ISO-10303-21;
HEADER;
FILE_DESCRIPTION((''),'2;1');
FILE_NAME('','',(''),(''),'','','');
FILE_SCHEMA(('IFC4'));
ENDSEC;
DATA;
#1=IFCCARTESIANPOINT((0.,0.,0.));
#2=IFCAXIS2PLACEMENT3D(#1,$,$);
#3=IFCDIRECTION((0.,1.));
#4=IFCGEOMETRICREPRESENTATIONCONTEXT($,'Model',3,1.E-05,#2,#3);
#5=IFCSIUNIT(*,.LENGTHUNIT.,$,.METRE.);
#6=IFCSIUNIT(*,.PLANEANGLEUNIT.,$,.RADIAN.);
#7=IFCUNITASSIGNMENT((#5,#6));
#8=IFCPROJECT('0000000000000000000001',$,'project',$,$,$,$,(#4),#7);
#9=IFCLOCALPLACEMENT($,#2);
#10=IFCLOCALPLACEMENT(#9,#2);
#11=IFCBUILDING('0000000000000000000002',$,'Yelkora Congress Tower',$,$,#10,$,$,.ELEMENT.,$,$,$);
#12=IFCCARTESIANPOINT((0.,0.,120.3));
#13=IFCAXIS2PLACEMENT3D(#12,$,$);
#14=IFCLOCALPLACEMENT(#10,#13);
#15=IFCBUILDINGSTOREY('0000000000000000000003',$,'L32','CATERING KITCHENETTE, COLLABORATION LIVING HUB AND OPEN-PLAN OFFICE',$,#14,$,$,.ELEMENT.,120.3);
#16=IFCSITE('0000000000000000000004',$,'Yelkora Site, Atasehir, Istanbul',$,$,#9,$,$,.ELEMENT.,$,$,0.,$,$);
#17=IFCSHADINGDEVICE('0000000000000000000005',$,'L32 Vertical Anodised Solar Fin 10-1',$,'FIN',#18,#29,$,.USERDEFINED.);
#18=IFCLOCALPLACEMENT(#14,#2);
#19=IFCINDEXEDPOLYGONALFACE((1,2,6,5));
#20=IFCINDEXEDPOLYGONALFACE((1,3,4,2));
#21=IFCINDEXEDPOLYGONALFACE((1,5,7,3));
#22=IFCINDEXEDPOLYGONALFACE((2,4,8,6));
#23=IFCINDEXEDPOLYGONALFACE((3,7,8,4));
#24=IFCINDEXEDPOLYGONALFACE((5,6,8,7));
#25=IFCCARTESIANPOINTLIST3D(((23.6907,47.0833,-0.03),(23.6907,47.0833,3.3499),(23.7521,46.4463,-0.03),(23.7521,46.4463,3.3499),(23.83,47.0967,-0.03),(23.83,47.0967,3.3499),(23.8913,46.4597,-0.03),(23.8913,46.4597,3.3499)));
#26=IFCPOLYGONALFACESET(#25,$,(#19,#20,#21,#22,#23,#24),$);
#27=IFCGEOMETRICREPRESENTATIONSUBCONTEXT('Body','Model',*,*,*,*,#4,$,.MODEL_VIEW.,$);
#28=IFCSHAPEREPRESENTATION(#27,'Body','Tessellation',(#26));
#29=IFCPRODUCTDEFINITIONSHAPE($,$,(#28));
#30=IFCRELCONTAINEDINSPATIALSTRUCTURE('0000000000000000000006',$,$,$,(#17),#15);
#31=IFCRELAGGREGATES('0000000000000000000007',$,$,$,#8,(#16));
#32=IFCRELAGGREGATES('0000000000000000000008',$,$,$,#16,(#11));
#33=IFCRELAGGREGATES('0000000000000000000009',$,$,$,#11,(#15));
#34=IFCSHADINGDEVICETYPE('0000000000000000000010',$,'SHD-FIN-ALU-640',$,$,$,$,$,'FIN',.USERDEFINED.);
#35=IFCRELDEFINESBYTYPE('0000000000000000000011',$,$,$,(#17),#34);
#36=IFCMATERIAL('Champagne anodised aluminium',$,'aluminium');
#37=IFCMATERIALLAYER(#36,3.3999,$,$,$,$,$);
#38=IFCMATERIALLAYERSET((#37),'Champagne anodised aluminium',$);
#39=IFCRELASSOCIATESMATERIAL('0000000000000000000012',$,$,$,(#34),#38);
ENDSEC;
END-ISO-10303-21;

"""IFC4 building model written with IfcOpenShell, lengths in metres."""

from ifc_helpers import new_model, si_unit, direction, frame, origin, origin_2d, place, context, subcontext, project, spatial, rectangle, extrude, material, layer, layer_set, type_object, element, save


model = new_model("IFC4")

# Units and contexts
model_context = context("Model", 3, precision=1e-05, world=origin(), true_north=direction((0.0, 1.0)))
body_context = subcontext(model_context, "Body", "Model", "MODEL_VIEW")
ifc_project = project(units=[si_unit("LENGTHUNIT", "METRE"), si_unit("PLANEANGLEUNIT", "RADIAN")], contexts=[model_context])

# Site, building, storey
site_placement = place(None, origin())
site = spatial("IfcSite", under=ifc_project, at=site_placement, Name="Yelkora Site, Atasehir, Istanbul", CompositionType="ELEMENT", RefElevation=0.0)
building_placement = place(site_placement, origin())
building = spatial("IfcBuilding", under=site, at=building_placement, Name="Yelkora Congress Tower", CompositionType="ELEMENT")
storey_placement = place(building_placement, frame((0.0, 0.0, 120.3)))
storey = spatial("IfcBuildingStorey", under=building, at=storey_placement, Name="L32", Description="CATERING KITCHENETTE, COLLABORATION LIVING HUB AND OPEN-PLAN OFFICE", CompositionType="ELEMENT", Elevation=120.3)

# Shading device
ifc_material_1 = material(Name="Champagne anodised aluminium", Category="aluminium")
ifc_layer_1 = layer(ifc_material_1, 3.3999)
ifc_layer_set_1 = layer_set([ifc_layer_1], Name="Champagne anodised aluminium")
shading_device_type = type_object("IfcShadingDeviceType", Name="SHD-FIN-ALU-640", ElementType="FIN", PredefinedType="USERDEFINED", material=ifc_layer_set_1)
shading_device_placement = place(storey_placement, frame((23.791, 46.7715, -0.03), z_axis=(0.0, 0.0, 1.0), x_axis=(0.995396, 0.095846, 0.0)))
element("IfcShadingDevice", 1, at=shading_device_placement, inside=storey, type_object=shading_device_type, Name="L32 Vertical Anodised Solar Fin 10-1", ObjectType="FIN", PredefinedType="USERDEFINED", context=body_context, shape_type="SweptSolid", body=[
    extrude(rectangle(XDim=0.1399, YDim=0.6399, at=origin_2d()), origin(), (0.0, 0.0, 1.0), 3.3799),
])

save(model, "model.ifc")
